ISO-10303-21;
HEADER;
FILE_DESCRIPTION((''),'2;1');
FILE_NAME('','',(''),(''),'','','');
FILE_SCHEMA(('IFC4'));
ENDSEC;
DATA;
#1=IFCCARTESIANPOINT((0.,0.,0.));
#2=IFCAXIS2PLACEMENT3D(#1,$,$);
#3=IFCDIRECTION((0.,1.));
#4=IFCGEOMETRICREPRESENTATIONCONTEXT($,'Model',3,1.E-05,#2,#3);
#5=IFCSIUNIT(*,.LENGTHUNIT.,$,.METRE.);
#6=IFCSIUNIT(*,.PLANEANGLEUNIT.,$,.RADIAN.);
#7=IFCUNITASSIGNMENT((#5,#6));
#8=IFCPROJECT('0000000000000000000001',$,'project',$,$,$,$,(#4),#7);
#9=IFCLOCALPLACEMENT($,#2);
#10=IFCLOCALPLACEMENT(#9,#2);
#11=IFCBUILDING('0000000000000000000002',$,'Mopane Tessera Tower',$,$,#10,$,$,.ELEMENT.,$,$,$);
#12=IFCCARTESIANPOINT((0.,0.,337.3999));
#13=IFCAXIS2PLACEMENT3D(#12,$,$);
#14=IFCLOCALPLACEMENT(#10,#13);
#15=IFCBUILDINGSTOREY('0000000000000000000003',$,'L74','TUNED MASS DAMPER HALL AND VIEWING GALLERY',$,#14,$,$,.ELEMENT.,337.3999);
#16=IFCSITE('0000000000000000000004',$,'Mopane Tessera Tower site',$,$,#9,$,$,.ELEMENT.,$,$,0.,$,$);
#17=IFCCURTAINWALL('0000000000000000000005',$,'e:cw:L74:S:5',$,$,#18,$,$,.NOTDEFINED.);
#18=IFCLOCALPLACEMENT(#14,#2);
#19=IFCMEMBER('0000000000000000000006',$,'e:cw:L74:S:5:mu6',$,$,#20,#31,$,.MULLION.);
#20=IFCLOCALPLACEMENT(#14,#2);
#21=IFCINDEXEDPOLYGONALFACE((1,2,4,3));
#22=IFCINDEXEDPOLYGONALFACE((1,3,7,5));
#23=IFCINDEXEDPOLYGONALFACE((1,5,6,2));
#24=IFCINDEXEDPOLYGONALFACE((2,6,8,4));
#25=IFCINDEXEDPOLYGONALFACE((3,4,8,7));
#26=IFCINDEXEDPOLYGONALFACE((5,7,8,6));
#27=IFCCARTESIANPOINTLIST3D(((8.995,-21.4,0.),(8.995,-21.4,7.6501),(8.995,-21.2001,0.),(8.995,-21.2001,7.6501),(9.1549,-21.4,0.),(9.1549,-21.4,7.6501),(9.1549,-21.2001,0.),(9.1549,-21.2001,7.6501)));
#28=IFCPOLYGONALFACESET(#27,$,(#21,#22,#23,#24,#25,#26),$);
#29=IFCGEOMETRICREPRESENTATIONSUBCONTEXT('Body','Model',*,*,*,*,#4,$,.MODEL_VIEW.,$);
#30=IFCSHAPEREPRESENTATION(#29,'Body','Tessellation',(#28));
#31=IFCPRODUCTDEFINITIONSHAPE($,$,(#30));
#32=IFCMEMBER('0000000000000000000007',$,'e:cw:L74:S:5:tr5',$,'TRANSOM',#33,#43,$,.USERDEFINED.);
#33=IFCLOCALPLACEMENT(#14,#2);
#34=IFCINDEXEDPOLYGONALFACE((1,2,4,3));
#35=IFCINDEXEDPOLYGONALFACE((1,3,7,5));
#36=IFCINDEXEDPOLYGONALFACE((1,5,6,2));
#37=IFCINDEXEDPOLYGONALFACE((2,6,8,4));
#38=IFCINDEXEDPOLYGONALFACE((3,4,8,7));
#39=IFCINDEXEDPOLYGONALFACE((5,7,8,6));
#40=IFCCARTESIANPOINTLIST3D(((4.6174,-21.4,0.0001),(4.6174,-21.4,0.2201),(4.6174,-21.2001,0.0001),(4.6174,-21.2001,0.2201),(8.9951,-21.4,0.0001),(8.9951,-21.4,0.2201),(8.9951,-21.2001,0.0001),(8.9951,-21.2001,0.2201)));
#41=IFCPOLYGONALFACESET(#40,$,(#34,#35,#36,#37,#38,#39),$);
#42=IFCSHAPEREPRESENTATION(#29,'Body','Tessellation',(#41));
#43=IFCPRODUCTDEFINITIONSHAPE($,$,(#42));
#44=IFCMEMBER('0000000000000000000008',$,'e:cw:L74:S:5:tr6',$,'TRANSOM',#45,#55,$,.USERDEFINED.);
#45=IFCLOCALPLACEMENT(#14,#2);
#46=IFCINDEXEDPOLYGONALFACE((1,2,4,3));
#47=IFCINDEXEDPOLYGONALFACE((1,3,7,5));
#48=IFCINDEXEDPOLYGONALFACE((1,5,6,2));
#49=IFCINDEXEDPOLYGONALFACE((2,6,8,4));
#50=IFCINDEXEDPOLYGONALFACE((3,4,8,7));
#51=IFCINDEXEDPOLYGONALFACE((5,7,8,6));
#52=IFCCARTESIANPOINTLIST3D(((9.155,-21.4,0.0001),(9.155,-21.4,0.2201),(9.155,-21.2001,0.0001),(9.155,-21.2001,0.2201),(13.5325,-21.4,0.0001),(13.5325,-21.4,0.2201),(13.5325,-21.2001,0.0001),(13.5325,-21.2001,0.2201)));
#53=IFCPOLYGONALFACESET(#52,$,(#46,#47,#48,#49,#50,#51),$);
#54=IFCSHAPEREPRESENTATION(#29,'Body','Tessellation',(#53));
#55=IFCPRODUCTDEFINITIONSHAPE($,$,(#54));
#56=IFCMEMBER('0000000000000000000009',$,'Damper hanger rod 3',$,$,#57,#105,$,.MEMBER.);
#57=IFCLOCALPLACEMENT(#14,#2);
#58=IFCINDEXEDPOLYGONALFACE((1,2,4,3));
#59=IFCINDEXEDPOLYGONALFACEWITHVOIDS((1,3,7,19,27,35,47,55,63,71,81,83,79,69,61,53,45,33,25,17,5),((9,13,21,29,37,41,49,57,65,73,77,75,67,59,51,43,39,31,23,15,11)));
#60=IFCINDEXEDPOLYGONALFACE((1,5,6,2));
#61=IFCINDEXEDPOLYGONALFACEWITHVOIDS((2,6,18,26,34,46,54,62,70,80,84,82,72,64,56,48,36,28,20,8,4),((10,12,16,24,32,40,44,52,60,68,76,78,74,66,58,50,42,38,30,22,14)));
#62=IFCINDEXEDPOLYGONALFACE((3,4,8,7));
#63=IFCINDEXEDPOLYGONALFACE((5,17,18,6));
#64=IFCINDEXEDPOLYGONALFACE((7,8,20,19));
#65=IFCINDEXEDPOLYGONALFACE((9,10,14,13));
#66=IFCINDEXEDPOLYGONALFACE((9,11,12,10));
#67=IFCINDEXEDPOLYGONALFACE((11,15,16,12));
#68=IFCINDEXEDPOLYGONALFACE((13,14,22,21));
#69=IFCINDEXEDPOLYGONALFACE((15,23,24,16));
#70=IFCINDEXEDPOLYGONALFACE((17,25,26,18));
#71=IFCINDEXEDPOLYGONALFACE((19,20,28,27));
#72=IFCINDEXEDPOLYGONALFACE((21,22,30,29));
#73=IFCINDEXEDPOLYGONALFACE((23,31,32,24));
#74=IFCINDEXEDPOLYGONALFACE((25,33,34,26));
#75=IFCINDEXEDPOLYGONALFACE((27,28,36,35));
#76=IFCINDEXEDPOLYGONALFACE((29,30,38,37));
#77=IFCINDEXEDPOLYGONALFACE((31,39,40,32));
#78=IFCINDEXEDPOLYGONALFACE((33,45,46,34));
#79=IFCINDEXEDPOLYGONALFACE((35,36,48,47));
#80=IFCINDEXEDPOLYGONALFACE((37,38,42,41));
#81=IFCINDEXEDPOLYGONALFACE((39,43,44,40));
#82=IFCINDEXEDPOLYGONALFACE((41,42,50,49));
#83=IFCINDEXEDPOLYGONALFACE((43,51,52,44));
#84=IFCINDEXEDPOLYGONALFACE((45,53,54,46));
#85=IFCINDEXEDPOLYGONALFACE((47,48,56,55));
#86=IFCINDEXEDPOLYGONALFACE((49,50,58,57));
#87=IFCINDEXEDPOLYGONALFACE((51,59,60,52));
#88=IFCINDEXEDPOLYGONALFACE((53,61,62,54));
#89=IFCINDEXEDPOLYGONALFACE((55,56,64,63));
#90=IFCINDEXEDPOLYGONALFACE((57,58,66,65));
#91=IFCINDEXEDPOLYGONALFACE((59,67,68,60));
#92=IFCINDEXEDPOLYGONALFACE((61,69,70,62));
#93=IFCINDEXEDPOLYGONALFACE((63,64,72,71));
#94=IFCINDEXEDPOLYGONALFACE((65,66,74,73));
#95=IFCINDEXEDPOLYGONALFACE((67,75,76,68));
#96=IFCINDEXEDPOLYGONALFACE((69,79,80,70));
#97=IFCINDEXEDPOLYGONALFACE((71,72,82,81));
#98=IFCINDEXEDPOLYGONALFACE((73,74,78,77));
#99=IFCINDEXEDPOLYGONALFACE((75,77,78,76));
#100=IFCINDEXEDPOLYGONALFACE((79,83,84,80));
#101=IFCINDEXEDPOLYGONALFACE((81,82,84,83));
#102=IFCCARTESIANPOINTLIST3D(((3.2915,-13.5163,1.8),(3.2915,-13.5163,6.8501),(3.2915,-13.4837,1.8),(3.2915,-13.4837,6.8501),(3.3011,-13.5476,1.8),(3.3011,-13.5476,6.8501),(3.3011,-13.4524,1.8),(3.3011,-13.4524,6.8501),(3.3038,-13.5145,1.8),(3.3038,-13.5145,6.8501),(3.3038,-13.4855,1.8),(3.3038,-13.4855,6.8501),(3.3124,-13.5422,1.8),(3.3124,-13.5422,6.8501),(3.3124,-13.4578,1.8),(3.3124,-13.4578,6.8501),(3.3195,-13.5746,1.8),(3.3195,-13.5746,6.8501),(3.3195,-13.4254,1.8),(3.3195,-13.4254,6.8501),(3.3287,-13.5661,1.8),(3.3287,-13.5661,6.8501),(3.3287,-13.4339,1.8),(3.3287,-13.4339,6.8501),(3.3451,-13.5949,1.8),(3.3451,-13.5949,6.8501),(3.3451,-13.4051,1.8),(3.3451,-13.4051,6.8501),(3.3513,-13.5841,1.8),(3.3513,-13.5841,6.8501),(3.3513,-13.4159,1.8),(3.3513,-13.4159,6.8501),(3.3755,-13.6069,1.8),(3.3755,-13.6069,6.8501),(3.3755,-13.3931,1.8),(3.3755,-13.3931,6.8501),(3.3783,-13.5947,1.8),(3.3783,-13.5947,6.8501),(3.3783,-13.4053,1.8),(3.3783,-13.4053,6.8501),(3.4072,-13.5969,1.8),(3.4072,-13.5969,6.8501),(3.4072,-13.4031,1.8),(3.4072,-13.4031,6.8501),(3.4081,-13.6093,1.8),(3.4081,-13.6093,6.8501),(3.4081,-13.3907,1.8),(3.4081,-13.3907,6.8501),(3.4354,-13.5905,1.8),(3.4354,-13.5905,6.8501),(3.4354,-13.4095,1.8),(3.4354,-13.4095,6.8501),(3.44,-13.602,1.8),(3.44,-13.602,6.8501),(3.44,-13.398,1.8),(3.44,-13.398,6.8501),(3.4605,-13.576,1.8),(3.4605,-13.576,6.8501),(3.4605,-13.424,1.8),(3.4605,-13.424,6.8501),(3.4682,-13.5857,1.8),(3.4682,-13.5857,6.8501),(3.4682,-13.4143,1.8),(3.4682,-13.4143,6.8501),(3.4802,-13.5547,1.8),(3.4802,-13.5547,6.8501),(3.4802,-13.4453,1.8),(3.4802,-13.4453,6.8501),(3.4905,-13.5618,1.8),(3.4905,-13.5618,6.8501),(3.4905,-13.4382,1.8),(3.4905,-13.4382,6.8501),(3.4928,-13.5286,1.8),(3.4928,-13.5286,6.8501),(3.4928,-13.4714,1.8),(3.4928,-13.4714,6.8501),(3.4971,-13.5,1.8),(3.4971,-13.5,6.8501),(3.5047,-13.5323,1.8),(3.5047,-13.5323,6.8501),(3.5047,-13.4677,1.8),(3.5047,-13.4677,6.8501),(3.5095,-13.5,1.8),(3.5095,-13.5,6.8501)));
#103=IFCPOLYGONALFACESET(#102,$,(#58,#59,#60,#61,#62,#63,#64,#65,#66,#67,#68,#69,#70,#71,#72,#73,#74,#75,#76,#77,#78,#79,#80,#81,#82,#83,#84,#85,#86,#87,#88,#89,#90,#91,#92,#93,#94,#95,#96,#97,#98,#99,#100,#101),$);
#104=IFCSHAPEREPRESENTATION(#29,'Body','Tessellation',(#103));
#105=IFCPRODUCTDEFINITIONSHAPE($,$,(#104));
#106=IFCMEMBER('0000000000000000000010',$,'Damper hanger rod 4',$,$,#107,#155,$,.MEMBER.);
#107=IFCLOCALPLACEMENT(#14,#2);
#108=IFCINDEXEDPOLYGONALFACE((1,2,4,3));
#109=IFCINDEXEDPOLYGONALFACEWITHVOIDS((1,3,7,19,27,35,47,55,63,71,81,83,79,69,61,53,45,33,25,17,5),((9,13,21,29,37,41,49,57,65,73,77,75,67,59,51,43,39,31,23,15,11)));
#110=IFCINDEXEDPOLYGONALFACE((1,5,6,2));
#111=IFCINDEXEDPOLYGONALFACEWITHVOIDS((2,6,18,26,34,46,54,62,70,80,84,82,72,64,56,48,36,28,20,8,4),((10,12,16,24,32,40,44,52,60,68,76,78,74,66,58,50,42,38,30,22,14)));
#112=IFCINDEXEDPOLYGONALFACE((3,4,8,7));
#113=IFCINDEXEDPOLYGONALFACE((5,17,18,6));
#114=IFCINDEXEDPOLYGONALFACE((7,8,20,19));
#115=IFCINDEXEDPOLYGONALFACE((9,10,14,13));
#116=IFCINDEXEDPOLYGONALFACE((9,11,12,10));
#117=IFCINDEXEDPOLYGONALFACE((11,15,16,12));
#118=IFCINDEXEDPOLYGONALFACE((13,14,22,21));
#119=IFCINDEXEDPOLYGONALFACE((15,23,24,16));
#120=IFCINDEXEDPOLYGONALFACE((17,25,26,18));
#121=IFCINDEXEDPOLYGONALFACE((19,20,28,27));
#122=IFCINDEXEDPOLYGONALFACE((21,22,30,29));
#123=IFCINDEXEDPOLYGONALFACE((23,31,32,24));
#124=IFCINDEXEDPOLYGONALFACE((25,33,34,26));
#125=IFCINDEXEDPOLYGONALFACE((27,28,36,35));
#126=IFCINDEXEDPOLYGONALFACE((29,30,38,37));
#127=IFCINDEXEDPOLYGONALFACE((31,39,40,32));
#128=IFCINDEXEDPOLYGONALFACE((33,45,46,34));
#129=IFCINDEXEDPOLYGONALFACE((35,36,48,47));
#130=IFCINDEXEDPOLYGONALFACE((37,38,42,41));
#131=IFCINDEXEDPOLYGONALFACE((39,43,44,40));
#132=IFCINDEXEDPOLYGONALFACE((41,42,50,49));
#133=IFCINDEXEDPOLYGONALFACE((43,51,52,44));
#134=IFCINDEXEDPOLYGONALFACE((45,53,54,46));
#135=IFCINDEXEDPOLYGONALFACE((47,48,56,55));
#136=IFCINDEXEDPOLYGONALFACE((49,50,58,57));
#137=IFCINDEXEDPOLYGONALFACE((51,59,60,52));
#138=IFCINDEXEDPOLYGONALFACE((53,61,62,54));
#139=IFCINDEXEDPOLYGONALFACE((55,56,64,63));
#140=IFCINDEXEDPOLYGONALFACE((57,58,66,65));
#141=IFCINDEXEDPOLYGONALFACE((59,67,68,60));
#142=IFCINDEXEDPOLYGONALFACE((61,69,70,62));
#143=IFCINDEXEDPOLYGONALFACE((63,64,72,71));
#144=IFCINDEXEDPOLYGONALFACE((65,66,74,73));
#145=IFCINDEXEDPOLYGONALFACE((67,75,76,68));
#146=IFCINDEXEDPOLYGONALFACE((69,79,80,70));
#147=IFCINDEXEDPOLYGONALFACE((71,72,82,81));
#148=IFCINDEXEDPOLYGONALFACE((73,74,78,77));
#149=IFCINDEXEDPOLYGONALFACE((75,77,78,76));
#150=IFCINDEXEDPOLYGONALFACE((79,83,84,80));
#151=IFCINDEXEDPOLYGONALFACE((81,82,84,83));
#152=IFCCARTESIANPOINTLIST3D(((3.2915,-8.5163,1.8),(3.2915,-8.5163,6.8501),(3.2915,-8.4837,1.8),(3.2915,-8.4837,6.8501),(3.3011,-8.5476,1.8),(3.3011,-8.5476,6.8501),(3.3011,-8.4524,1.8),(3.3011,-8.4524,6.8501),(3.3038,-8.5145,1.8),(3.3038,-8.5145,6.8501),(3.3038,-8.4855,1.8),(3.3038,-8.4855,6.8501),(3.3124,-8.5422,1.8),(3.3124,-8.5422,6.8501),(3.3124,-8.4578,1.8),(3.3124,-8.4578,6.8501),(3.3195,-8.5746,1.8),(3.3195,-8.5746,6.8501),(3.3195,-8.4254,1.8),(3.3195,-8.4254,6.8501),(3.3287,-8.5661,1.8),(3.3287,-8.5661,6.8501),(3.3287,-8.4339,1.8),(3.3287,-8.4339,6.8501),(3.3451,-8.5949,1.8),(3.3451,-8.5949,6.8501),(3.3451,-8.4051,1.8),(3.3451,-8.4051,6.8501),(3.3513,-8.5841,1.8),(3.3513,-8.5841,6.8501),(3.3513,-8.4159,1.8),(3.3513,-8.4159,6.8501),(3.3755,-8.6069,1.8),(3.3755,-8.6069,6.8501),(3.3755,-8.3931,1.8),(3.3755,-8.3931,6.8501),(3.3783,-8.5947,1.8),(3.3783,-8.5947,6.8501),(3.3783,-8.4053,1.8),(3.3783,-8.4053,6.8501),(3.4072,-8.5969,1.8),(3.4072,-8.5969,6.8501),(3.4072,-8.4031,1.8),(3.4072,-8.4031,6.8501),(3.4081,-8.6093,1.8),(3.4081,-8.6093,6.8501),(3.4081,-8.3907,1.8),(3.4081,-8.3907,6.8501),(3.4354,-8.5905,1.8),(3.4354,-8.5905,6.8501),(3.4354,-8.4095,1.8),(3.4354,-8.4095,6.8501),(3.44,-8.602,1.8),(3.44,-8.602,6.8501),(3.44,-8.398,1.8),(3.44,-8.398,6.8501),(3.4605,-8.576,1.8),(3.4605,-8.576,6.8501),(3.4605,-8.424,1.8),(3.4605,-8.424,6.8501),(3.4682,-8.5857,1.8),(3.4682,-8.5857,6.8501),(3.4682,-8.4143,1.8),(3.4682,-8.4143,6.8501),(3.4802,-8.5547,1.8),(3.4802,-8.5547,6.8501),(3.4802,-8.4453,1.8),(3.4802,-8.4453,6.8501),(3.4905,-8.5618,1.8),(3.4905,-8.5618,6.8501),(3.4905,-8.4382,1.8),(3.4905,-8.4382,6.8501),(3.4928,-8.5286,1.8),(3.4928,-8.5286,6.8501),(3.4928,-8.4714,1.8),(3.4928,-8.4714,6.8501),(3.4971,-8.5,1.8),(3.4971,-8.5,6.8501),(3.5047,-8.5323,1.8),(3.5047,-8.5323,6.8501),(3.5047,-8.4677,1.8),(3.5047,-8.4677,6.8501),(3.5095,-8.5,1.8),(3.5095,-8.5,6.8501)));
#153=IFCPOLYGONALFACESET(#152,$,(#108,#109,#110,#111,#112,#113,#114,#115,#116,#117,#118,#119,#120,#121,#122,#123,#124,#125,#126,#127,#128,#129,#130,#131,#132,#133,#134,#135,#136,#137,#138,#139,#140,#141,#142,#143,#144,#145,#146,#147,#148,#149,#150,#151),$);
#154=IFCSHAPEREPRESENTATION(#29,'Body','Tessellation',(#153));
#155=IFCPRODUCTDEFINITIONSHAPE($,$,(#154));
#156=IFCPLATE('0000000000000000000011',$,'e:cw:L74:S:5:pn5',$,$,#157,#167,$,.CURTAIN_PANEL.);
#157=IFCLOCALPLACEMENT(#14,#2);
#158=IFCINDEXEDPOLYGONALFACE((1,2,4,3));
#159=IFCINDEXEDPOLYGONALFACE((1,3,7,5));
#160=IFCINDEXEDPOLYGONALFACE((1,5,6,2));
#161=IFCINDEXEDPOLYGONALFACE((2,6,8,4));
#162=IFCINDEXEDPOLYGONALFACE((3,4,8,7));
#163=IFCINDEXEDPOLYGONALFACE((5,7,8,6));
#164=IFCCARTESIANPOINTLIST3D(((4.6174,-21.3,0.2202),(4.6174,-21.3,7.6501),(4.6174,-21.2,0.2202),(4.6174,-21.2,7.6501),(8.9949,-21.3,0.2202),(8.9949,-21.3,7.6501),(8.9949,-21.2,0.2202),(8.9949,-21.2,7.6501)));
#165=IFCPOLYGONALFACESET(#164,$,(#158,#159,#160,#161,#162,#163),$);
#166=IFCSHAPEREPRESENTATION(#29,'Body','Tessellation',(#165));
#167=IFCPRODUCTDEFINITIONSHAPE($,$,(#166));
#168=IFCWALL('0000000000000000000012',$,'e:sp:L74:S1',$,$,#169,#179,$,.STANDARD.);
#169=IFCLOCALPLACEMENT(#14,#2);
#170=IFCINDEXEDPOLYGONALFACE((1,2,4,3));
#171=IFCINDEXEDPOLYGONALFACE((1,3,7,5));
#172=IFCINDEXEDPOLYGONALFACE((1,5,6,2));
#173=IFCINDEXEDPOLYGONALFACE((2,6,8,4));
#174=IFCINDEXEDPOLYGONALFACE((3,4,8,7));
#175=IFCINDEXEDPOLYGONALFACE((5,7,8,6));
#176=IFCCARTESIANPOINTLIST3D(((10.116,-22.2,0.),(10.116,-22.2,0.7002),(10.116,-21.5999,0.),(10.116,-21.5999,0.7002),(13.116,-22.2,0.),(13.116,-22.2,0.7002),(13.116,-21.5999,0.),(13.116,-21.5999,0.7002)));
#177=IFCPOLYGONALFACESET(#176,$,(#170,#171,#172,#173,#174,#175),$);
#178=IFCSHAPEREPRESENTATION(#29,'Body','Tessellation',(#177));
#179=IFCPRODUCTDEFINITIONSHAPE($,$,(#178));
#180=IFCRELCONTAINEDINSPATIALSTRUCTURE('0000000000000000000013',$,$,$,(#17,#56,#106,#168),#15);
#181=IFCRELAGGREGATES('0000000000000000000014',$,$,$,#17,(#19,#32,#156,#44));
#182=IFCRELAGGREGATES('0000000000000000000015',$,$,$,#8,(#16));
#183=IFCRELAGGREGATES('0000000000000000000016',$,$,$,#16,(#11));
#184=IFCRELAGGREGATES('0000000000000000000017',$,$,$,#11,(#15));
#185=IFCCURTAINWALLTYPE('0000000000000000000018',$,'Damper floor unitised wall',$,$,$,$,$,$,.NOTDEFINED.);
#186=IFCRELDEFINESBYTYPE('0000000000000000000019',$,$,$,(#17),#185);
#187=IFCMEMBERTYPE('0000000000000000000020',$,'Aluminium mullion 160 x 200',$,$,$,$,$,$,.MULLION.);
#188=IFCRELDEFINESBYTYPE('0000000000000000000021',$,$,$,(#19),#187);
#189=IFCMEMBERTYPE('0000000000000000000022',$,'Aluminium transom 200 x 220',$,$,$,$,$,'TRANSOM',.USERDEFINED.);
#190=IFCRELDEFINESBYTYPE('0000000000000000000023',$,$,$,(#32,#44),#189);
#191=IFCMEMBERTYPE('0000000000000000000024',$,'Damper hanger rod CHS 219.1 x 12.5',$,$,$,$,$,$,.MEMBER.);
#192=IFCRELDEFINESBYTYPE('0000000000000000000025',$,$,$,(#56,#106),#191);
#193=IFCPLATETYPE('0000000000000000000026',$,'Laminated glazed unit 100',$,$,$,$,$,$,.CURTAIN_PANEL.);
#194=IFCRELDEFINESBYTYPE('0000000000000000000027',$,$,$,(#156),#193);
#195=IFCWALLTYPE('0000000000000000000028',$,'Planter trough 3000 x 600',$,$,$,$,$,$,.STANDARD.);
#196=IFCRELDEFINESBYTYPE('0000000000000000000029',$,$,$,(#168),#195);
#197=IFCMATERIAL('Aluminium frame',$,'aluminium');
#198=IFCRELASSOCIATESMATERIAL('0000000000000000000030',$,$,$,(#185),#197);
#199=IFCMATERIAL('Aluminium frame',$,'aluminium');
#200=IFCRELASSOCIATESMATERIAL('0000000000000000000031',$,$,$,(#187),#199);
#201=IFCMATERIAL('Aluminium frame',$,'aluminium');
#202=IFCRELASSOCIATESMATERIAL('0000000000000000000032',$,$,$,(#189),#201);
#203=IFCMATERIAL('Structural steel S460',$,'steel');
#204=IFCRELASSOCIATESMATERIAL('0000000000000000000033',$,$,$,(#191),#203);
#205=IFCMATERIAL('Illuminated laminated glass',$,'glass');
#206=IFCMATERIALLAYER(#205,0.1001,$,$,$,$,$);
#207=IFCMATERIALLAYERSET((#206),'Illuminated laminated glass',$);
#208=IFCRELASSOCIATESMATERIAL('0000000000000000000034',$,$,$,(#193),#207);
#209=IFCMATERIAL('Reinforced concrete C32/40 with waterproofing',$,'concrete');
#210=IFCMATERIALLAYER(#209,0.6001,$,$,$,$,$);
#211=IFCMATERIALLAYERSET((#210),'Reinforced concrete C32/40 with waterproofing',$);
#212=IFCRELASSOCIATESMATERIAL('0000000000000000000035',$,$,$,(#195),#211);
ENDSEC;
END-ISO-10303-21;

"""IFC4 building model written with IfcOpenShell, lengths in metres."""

from ifc_helpers import new_model, si_unit, direction, frame, frame_2d, origin, origin_2d, place, context, subcontext, project, spatial, rectangle, hollow_circle, extrude, material, layer, layer_set, material_profile, profile_set, type_object, element, aggregate, save


model = new_model("IFC4")

# Units and contexts
model_context = context("Model", 3, precision=1e-05, world=origin(), true_north=direction((0.0, 1.0)))
body_context = subcontext(model_context, "Body", "Model", "MODEL_VIEW")
ifc_project = project(units=[si_unit("LENGTHUNIT", "METRE"), si_unit("PLANEANGLEUNIT", "RADIAN")], contexts=[model_context])

# Site, building, storey
site_placement = place(None, origin())
site = spatial("IfcSite", under=ifc_project, at=site_placement, Name="Mopane Tessera Tower site", CompositionType="ELEMENT", RefElevation=0.0)
building_placement = place(site_placement, origin())
building = spatial("IfcBuilding", under=site, at=building_placement, Name="Mopane Tessera Tower", CompositionType="ELEMENT")
storey_placement = place(building_placement, frame((0.0, 0.0, 337.3999)))
storey = spatial("IfcBuildingStorey", under=building, at=storey_placement, Name="L74", Description="TUNED MASS DAMPER HALL AND VIEWING GALLERY", CompositionType="ELEMENT", Elevation=337.3999)

# Curtain wall, members
ifc_material_1 = material(Name="Aluminium frame", Category="aluminium")
curtain_wall_type = type_object("IfcCurtainWallType", Name="Damper floor unitised wall", PredefinedType="NOTDEFINED", material=ifc_material_1)
curtain_wall_placement = place(storey_placement, origin())
curtain_wall = element("IfcCurtainWall", 1, at=curtain_wall_placement, inside=storey, type_object=curtain_wall_type, Name="e:cw:L74:S:5", PredefinedType="NOTDEFINED")
ifc_material_2 = material(Name="Aluminium frame", Category="aluminium")
ifc_material_profile_1 = material_profile(ifc_material_2, rectangle(XDim=0.1599, YDim=0.2, at=origin_2d()))
ifc_profile_set_1 = profile_set([ifc_material_profile_1], Name="Aluminium frame")
member_type_1 = type_object("IfcMemberType", Name="Aluminium mullion 160 x 200", PredefinedType="MULLION", material=ifc_profile_set_1)
member_1_placement = place(storey_placement, frame((9.075, -21.3, 0.0), z_axis=(0.0, 0.0, 1.0), x_axis=(1.0, 0.0, 0.0)))
member_1 = element("IfcMember", 2, at=member_1_placement, type_object=member_type_1, Name="e:cw:L74:S:5:mu6", PredefinedType="MULLION", context=body_context, shape_type="SweptSolid", body=[
    extrude(rectangle(XDim=0.1599, YDim=0.2, at=origin_2d()), origin(), (0.0, 0.0, 1.0), 7.6501),
])
ifc_material_3 = material(Name="Aluminium frame", Category="aluminium")
ifc_material_profile_2 = material_profile(ifc_material_3, rectangle(XDim=0.2, YDim=0.22, at=origin_2d()))
ifc_profile_set_2 = profile_set([ifc_material_profile_2], Name="Aluminium frame")
member_type_2 = type_object("IfcMemberType", Name="Aluminium transom 200 x 220", ElementType="TRANSOM", PredefinedType="USERDEFINED", material=ifc_profile_set_2)
member_2_placement = place(storey_placement, frame((4.6174, -21.3, 0.1101), z_axis=(1.0, 0.0, 0.0), x_axis=(0.0, 1.0, 0.0)))
member_2 = element("IfcMember", 3, at=member_2_placement, type_object=member_type_2, Name="e:cw:L74:S:5:tr5", ObjectType="TRANSOM", PredefinedType="USERDEFINED", context=body_context, shape_type="SweptSolid", body=[
    extrude(rectangle(XDim=0.2, YDim=0.22, at=origin_2d()), origin(), (0.0, 0.0, 1.0), 4.3777),
])
member_3_placement = place(storey_placement, frame((9.155, -21.3, 0.1101), z_axis=(1.0, 0.0, 0.0), x_axis=(0.0, 1.0, 0.0)))
member_3 = element("IfcMember", 4, at=member_3_placement, type_object=member_type_2, Name="e:cw:L74:S:5:tr6", ObjectType="TRANSOM", PredefinedType="USERDEFINED", context=body_context, shape_type="SweptSolid", body=[
    extrude(rectangle(XDim=0.2, YDim=0.22, at=origin_2d()), origin(), (0.0, 0.0, 1.0), 4.3774),
])

# Members
ifc_material_4 = material(Name="Structural steel S460", Category="steel")
ifc_material_profile_3 = material_profile(ifc_material_4, hollow_circle(Radius=0.1096, WallThickness=0.0125, at=origin_2d()))
ifc_profile_set_3 = profile_set([ifc_material_profile_3], Name="Structural steel S460")
member_type_3 = type_object("IfcMemberType", Name="Damper hanger rod CHS 219.1 x 12.5", PredefinedType="MEMBER", material=ifc_profile_set_3)
for number, where, z_axis, x_axis, name in (
    (5, (3.3999, -13.5, 1.8), (0.0, 0.0, 1.0), (1.0, 0.0, 0.0), "Damper hanger rod 3"),
    (6, (3.3999, -8.5, 1.8), (0.0, 0.0, 1.0), (1.0, 0.0, 0.0), "Damper hanger rod 4"),
):
    element("IfcMember", number, at=place(storey_placement, frame(where, z_axis=z_axis, x_axis=x_axis)), inside=storey, type_object=member_type_3, Name=name, PredefinedType="MEMBER", context=body_context, shape_type="SweptSolid", body=[
        extrude(hollow_circle(Radius=0.1096, WallThickness=0.0125, at=origin_2d()), origin(), (0.0, 0.0, 1.0), 5.05),
    ])

# Plate
ifc_material_5 = material(Name="Illuminated laminated glass", Category="glass")
ifc_layer_1 = layer(ifc_material_5, 0.1001)
ifc_layer_set_1 = layer_set([ifc_layer_1], Name="Illuminated laminated glass")
plate_type = type_object("IfcPlateType", Name="Laminated glazed unit 100", PredefinedType="CURTAIN_PANEL", material=ifc_layer_set_1)
plate_placement = place(storey_placement, frame((6.8062, -21.25, 0.2202), z_axis=(0.0, 0.0, 1.0), x_axis=(1.0, 0.0, 0.0)))
plate = element("IfcPlate", 7, at=plate_placement, type_object=plate_type, Name="e:cw:L74:S:5:pn5", PredefinedType="CURTAIN_PANEL", context=body_context, shape_type="SweptSolid", body=[
    extrude(rectangle(XDim=4.3774, YDim=0.1001, at=origin_2d()), origin(), (0.0, 0.0, 1.0), 7.4299),
])
aggregate(curtain_wall, [member_1, member_2, plate, member_3])

# Wall
ifc_material_6 = material(Name="Reinforced concrete C32/40 with waterproofing", Category="concrete")
ifc_layer_2 = layer(ifc_material_6, 0.6001)
ifc_layer_set_2 = layer_set([ifc_layer_2], Name="Reinforced concrete C32/40 with waterproofing")
wall_type_1 = type_object("IfcWallType", Name="Planter trough 3000 x 600", PredefinedType="STANDARD", material=ifc_layer_set_2)
wall_1_placement = place(storey_placement, frame((10.116, -21.8999, 0.0), z_axis=(0.0, 0.0, 1.0), x_axis=(1.0, 0.0, 0.0)))
element("IfcWall", 8, at=wall_1_placement, inside=storey, type_object=wall_type_1, Name="e:sp:L74:S1", PredefinedType="STANDARD", context=body_context, shape_type="SweptSolid", body=[
    extrude(rectangle(XDim=3.0, YDim=0.6001, at=frame_2d((1.5, 0.0))), origin(), (0.0, 0.0, 1.0), 0.7002),
])

save(model, "model.ifc")
